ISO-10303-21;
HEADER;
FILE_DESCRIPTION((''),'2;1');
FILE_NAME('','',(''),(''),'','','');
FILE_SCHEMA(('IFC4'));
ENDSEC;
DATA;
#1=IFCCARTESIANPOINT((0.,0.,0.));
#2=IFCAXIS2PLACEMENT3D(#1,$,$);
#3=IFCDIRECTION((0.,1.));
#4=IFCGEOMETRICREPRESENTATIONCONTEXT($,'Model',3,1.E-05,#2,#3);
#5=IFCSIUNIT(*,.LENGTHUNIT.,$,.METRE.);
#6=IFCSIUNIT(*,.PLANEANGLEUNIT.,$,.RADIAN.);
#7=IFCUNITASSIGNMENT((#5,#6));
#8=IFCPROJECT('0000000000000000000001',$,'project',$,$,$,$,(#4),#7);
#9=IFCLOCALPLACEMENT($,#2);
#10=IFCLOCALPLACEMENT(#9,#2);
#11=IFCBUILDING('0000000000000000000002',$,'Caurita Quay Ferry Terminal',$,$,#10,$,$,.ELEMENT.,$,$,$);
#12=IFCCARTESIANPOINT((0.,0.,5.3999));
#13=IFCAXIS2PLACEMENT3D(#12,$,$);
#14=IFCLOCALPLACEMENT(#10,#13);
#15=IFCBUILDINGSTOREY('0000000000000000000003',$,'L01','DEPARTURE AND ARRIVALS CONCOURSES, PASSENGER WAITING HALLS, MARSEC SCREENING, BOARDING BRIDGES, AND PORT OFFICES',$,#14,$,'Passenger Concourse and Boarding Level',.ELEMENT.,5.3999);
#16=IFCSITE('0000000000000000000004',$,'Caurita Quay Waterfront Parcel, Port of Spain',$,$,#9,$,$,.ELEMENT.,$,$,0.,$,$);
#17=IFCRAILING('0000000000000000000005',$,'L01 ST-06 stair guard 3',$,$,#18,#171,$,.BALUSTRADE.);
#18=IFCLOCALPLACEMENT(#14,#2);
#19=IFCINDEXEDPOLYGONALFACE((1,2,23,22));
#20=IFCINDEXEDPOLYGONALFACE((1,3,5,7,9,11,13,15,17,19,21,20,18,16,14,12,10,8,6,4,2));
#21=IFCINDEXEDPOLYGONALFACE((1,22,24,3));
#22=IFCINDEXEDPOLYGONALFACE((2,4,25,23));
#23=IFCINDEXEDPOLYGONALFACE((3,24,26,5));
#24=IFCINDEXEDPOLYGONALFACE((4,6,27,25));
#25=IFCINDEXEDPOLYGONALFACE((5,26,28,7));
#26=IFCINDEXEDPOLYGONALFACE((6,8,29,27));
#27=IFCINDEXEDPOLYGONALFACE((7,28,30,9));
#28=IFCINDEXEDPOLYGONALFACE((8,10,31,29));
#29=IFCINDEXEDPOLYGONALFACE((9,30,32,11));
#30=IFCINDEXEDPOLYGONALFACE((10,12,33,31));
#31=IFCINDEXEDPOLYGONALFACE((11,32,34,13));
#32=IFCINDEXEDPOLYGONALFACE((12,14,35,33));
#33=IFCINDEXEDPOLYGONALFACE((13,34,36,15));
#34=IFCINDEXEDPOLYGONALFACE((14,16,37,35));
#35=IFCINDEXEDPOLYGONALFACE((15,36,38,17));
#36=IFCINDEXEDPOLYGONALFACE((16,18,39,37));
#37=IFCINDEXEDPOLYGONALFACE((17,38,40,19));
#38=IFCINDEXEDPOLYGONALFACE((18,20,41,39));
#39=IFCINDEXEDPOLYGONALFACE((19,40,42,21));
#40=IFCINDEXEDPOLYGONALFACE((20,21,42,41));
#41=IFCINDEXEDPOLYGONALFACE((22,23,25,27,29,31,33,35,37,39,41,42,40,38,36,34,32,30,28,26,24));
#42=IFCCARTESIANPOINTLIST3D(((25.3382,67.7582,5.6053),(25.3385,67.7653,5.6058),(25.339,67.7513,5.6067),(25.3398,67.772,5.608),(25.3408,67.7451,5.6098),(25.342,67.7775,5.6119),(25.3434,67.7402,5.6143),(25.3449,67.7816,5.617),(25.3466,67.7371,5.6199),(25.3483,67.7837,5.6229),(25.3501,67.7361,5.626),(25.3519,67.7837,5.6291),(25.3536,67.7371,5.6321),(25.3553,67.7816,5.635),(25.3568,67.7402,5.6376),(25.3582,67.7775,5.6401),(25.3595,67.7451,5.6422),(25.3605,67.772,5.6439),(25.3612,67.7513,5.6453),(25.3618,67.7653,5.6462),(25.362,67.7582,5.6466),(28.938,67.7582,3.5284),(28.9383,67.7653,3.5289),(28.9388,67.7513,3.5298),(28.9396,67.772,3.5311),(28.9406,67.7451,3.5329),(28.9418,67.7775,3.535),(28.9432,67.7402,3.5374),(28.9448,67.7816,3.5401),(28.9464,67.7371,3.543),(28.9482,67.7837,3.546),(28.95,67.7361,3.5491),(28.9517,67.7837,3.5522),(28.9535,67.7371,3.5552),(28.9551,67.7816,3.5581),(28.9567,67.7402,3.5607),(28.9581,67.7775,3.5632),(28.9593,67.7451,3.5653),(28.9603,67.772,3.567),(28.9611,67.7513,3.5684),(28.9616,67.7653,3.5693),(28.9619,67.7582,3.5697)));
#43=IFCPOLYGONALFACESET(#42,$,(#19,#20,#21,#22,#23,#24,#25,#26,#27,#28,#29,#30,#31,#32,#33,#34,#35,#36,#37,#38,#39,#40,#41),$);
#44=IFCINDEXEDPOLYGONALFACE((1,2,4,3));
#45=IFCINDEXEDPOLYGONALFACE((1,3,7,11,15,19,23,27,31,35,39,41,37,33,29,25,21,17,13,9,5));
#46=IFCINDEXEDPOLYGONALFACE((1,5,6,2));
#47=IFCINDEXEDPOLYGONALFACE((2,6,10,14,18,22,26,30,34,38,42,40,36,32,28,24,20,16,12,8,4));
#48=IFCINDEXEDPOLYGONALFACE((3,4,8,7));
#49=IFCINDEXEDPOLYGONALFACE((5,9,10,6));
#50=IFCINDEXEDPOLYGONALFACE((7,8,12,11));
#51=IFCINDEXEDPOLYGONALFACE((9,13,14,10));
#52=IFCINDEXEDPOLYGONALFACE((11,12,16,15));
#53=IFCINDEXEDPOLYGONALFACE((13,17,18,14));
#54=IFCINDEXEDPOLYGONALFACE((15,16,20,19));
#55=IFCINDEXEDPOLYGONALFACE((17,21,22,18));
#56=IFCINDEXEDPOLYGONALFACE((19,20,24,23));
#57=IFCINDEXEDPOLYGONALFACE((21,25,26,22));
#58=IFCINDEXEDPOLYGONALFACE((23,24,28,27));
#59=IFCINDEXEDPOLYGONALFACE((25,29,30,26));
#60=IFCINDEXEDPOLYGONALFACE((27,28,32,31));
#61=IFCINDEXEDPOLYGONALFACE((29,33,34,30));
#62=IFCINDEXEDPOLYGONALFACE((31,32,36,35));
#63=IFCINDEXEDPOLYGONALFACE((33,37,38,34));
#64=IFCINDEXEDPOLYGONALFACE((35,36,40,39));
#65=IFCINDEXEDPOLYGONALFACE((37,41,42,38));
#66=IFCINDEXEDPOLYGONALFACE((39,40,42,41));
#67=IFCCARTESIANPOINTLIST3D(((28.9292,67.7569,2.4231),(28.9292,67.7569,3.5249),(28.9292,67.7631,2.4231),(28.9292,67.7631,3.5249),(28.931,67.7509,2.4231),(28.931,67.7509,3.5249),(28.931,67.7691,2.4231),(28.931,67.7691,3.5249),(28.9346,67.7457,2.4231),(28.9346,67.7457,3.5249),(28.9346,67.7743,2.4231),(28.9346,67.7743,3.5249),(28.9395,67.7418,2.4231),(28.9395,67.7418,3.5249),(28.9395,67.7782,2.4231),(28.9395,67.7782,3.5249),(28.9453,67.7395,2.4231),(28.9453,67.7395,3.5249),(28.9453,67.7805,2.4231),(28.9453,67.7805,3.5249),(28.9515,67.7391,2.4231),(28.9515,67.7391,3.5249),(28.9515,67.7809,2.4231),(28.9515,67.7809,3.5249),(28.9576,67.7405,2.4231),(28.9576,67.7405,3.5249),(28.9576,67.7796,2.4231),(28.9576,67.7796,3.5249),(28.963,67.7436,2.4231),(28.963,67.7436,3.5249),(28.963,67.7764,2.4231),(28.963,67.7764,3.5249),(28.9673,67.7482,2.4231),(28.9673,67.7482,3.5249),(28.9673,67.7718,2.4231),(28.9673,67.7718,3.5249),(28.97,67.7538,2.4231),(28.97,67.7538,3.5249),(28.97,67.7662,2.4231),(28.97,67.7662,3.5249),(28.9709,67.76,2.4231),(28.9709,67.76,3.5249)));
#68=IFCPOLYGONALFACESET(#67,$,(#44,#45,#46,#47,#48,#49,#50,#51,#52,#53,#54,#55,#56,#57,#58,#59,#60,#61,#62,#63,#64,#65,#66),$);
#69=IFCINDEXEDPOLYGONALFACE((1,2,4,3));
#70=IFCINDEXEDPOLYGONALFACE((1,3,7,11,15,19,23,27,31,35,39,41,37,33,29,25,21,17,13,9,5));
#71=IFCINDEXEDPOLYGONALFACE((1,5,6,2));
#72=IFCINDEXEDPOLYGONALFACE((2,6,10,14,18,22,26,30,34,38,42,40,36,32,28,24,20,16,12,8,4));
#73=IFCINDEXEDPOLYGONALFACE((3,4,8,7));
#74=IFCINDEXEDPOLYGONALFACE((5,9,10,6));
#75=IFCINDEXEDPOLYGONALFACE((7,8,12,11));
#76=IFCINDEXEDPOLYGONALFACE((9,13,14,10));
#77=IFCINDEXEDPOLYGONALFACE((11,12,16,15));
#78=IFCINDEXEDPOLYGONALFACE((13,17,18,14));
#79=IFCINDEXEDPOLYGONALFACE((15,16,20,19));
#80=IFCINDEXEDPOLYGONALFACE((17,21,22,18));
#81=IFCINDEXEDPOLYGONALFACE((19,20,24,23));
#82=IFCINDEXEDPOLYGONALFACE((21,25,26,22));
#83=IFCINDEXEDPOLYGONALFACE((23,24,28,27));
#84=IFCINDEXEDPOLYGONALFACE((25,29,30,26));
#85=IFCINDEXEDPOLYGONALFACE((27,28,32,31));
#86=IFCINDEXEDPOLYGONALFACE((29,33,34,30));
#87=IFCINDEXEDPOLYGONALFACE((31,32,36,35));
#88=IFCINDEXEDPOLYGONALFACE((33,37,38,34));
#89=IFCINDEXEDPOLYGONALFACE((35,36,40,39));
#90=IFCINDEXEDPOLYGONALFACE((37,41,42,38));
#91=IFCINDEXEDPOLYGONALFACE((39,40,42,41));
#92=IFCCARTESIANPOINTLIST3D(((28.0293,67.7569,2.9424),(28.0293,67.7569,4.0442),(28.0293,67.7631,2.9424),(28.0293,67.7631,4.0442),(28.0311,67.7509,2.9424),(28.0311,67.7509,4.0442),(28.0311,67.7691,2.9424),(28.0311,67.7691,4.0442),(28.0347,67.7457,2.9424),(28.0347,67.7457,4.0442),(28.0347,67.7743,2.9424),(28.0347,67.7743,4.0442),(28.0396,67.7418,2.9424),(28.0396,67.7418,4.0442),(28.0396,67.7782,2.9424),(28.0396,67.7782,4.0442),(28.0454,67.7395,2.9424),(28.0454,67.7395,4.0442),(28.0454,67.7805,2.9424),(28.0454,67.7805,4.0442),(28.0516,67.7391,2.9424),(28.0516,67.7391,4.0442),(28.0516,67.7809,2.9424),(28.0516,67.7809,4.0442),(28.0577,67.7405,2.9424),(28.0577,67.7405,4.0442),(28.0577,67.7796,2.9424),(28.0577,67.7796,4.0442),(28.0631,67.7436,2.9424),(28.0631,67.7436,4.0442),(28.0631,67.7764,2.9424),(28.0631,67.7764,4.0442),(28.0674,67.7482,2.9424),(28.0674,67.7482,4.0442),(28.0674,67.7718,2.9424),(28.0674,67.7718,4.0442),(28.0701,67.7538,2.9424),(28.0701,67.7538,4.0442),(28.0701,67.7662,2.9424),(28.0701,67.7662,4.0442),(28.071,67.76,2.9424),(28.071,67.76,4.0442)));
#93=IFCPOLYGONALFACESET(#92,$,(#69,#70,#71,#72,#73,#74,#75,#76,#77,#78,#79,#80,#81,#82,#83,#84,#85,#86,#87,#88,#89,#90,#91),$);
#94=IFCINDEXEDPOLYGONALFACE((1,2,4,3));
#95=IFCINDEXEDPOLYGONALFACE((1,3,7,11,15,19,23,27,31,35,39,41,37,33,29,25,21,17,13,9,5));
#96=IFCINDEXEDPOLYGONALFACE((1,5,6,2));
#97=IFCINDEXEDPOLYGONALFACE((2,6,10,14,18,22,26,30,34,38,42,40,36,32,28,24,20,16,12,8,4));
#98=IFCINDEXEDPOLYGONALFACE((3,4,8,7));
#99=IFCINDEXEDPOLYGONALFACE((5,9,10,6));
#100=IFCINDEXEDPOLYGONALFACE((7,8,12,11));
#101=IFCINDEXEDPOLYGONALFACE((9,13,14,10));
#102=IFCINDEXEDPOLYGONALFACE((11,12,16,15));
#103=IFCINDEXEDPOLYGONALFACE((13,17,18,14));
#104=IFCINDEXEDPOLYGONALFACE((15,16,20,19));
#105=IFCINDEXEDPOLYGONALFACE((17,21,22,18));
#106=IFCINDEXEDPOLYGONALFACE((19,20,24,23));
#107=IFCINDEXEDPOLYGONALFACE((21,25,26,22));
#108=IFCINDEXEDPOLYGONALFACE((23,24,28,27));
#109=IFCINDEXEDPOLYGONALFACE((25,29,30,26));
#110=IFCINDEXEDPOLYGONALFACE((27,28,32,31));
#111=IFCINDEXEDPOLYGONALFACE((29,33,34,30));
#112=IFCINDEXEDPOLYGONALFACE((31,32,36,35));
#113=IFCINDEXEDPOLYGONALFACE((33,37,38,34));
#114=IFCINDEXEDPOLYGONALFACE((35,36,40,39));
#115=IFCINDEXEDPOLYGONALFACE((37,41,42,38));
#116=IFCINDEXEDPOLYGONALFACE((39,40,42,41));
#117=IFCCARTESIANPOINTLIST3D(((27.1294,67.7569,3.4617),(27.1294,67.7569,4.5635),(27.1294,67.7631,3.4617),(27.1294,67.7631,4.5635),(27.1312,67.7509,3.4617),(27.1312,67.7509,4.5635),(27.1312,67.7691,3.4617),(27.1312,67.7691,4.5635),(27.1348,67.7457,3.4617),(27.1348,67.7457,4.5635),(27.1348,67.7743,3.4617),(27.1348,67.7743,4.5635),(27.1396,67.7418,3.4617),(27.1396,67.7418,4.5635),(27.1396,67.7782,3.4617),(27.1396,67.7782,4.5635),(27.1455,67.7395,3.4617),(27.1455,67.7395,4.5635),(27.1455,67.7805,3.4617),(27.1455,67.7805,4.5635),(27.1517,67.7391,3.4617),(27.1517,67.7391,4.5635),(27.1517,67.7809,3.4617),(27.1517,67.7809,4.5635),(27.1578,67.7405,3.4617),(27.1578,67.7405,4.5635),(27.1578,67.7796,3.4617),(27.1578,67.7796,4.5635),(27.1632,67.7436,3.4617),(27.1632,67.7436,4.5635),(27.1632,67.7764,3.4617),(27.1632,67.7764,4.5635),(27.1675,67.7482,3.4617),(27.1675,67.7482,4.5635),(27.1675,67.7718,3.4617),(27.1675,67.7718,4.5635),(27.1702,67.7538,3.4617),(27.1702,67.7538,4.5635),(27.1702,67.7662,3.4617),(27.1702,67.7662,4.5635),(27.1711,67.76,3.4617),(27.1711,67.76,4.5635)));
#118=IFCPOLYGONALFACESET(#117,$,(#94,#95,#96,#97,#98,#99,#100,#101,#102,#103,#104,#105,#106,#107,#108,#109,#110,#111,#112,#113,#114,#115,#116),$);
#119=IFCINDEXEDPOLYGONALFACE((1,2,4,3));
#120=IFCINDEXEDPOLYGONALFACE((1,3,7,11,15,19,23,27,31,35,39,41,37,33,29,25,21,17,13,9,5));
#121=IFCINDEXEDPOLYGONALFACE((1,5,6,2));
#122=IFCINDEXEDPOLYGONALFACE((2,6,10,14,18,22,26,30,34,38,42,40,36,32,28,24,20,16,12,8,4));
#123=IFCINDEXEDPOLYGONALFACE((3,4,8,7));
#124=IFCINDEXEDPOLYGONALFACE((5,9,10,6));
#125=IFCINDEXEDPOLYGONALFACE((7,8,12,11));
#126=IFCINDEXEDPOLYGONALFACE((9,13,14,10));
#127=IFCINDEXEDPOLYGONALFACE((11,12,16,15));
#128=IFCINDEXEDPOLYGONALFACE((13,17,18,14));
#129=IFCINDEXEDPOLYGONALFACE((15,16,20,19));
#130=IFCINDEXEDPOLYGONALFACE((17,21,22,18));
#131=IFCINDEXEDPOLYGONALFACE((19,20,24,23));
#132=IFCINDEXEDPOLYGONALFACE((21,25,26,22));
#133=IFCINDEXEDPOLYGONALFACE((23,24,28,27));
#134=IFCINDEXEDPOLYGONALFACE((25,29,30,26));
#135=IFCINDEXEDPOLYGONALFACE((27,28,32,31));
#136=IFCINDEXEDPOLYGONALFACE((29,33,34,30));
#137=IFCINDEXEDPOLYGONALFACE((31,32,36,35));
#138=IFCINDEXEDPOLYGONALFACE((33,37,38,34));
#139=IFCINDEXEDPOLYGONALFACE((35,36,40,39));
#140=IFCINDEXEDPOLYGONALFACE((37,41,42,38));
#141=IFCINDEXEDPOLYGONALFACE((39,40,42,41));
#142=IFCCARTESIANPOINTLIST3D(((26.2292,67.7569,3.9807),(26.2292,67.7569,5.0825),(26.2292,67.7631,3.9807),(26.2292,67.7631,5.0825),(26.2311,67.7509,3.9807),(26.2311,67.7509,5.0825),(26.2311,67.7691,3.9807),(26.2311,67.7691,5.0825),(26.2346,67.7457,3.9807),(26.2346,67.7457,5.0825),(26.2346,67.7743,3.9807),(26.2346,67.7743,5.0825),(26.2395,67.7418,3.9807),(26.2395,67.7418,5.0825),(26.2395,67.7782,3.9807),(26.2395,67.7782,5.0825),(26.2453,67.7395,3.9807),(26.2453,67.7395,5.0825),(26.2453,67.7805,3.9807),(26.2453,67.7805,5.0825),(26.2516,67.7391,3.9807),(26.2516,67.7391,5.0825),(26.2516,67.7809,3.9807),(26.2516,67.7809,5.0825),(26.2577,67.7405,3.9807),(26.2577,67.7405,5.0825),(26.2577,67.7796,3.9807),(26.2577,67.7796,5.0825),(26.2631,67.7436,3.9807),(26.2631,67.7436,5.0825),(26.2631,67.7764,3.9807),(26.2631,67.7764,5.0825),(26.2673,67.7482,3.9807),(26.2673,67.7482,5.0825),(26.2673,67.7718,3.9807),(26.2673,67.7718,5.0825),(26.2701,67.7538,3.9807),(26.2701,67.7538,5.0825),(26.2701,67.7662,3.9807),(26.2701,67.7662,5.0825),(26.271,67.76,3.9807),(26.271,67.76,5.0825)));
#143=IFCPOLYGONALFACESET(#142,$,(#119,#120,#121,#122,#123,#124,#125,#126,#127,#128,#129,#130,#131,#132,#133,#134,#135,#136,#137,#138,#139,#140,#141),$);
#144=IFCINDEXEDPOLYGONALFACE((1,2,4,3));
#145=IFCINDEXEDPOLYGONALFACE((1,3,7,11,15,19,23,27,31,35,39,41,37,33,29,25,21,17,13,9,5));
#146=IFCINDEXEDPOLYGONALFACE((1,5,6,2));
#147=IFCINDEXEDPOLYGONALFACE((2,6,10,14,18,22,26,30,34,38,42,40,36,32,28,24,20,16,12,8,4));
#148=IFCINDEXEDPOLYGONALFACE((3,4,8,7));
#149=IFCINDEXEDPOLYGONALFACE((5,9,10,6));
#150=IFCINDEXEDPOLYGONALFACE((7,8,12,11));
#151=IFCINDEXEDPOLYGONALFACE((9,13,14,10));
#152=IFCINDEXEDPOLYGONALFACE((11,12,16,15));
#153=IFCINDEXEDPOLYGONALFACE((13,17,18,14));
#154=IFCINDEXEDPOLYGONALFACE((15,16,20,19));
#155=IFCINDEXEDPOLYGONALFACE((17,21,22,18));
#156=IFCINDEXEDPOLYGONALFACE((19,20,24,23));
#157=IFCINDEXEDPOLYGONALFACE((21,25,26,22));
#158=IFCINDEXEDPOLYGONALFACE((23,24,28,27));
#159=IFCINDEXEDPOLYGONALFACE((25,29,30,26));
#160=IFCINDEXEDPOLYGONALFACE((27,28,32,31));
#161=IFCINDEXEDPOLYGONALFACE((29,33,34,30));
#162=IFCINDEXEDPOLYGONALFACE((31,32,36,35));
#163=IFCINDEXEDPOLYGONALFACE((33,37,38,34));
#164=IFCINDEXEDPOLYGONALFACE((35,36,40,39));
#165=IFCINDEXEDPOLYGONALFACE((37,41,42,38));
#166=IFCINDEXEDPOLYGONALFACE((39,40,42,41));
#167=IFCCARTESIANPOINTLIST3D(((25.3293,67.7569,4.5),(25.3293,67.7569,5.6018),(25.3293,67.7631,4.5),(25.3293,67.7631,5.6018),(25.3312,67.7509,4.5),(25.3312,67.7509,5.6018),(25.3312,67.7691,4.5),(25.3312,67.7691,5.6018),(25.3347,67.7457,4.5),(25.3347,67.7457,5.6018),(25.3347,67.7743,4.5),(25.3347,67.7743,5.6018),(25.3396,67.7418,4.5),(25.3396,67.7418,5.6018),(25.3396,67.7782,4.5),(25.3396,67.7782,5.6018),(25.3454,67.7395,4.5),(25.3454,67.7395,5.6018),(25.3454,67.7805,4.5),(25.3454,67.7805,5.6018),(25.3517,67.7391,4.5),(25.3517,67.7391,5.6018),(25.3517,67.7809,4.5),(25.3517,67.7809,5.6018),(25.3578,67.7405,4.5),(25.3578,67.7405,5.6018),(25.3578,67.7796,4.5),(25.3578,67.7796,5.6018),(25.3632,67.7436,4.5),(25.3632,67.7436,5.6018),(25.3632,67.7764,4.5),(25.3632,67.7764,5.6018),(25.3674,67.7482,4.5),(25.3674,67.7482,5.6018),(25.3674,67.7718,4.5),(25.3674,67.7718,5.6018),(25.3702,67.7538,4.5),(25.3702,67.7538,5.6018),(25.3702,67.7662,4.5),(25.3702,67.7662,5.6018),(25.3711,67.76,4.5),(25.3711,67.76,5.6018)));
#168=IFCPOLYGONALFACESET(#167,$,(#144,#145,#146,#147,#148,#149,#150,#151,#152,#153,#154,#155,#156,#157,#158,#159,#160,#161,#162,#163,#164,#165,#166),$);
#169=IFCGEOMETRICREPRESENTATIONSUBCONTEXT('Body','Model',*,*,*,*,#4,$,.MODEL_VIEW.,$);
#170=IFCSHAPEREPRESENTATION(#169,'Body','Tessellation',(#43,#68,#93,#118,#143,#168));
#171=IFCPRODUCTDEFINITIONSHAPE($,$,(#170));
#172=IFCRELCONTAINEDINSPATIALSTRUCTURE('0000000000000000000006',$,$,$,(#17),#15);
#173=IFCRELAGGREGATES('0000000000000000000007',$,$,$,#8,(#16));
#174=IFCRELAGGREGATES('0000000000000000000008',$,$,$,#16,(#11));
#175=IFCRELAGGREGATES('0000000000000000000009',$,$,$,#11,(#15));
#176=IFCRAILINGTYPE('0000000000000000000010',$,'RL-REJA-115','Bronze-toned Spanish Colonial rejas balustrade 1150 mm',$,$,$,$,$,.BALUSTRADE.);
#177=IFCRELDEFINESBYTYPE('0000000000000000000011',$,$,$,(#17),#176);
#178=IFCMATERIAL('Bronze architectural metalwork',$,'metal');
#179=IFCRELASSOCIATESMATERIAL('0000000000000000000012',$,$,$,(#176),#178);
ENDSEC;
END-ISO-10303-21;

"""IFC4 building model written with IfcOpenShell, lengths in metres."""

from ifc_helpers import new_model, si_unit, direction, frame, origin, origin_2d, place, context, subcontext, project, spatial, circle, extrude, material, type_object, element, save


model = new_model("IFC4")

# Units and contexts
model_context = context("Model", 3, precision=1e-05, world=origin(), true_north=direction((0.0, 1.0)))
body_context = subcontext(model_context, "Body", "Model", "MODEL_VIEW")
ifc_project = project(units=[si_unit("LENGTHUNIT", "METRE"), si_unit("PLANEANGLEUNIT", "RADIAN")], contexts=[model_context])

# Site, building, storey
site_placement = place(None, origin())
site = spatial("IfcSite", under=ifc_project, at=site_placement, Name="Caurita Quay Waterfront Parcel, Port of Spain", CompositionType="ELEMENT", RefElevation=0.0)
building_placement = place(site_placement, origin())
building = spatial("IfcBuilding", under=site, at=building_placement, Name="Caurita Quay Ferry Terminal", CompositionType="ELEMENT")
storey_placement = place(building_placement, frame((0.0, 0.0, 5.3999)))
storey = spatial("IfcBuildingStorey", under=building, at=storey_placement, Name="L01", Description="DEPARTURE AND ARRIVALS CONCOURSES, PASSENGER WAITING HALLS, MARSEC SCREENING, BOARDING BRIDGES, AND PORT OFFICES", LongName="Passenger Concourse and Boarding Level", CompositionType="ELEMENT", Elevation=5.3999)

# Railing
ifc_material_1 = material(Name="Bronze architectural metalwork", Category="metal")
railing_type = type_object("IfcRailingType", Name="RL-REJA-115", Description="Bronze-toned Spanish Colonial rejas balustrade 1150 mm", PredefinedType="BALUSTRADE", material=ifc_material_1)
railing_1_placement = place(storey_placement, frame((28.95, 67.76, 2.4231)))
element("IfcRailing", 1, at=railing_1_placement, inside=storey, type_object=railing_type, Name="L01 ST-06 stair guard 3", PredefinedType="BALUSTRADE", context=body_context, shape_type="SweptSolid", body=[
    extrude(circle(Radius=0.0239, at=origin_2d()), frame((0.0, 0.0, 1.126), z_axis=(-0.866179, 0.0, 0.499734), x_axis=(0.0, -1.0, 0.0)), (0.0, 0.0, 1.0), 4.156),
    extrude(circle(Radius=0.021, at=origin_2d()), origin(), (0.0, 0.0, 1.0), 1.1018),
    extrude(circle(Radius=0.021, at=origin_2d()), frame((-0.8999, 0.0, 0.5193)), (0.0, 0.0, 1.0), 1.1018),
    extrude(circle(Radius=0.021, at=origin_2d()), frame((-1.7998, 0.0, 1.0386)), (0.0, 0.0, 1.0), 1.1018),
    extrude(circle(Radius=0.021, at=origin_2d()), frame((-2.7, 0.0, 1.5576)), (0.0, 0.0, 1.0), 1.1018),
    extrude(circle(Radius=0.021, at=origin_2d()), frame((-3.5999, 0.0, 2.0769)), (0.0, 0.0, 1.0), 1.1018),
])

save(model, "model.ifc")
